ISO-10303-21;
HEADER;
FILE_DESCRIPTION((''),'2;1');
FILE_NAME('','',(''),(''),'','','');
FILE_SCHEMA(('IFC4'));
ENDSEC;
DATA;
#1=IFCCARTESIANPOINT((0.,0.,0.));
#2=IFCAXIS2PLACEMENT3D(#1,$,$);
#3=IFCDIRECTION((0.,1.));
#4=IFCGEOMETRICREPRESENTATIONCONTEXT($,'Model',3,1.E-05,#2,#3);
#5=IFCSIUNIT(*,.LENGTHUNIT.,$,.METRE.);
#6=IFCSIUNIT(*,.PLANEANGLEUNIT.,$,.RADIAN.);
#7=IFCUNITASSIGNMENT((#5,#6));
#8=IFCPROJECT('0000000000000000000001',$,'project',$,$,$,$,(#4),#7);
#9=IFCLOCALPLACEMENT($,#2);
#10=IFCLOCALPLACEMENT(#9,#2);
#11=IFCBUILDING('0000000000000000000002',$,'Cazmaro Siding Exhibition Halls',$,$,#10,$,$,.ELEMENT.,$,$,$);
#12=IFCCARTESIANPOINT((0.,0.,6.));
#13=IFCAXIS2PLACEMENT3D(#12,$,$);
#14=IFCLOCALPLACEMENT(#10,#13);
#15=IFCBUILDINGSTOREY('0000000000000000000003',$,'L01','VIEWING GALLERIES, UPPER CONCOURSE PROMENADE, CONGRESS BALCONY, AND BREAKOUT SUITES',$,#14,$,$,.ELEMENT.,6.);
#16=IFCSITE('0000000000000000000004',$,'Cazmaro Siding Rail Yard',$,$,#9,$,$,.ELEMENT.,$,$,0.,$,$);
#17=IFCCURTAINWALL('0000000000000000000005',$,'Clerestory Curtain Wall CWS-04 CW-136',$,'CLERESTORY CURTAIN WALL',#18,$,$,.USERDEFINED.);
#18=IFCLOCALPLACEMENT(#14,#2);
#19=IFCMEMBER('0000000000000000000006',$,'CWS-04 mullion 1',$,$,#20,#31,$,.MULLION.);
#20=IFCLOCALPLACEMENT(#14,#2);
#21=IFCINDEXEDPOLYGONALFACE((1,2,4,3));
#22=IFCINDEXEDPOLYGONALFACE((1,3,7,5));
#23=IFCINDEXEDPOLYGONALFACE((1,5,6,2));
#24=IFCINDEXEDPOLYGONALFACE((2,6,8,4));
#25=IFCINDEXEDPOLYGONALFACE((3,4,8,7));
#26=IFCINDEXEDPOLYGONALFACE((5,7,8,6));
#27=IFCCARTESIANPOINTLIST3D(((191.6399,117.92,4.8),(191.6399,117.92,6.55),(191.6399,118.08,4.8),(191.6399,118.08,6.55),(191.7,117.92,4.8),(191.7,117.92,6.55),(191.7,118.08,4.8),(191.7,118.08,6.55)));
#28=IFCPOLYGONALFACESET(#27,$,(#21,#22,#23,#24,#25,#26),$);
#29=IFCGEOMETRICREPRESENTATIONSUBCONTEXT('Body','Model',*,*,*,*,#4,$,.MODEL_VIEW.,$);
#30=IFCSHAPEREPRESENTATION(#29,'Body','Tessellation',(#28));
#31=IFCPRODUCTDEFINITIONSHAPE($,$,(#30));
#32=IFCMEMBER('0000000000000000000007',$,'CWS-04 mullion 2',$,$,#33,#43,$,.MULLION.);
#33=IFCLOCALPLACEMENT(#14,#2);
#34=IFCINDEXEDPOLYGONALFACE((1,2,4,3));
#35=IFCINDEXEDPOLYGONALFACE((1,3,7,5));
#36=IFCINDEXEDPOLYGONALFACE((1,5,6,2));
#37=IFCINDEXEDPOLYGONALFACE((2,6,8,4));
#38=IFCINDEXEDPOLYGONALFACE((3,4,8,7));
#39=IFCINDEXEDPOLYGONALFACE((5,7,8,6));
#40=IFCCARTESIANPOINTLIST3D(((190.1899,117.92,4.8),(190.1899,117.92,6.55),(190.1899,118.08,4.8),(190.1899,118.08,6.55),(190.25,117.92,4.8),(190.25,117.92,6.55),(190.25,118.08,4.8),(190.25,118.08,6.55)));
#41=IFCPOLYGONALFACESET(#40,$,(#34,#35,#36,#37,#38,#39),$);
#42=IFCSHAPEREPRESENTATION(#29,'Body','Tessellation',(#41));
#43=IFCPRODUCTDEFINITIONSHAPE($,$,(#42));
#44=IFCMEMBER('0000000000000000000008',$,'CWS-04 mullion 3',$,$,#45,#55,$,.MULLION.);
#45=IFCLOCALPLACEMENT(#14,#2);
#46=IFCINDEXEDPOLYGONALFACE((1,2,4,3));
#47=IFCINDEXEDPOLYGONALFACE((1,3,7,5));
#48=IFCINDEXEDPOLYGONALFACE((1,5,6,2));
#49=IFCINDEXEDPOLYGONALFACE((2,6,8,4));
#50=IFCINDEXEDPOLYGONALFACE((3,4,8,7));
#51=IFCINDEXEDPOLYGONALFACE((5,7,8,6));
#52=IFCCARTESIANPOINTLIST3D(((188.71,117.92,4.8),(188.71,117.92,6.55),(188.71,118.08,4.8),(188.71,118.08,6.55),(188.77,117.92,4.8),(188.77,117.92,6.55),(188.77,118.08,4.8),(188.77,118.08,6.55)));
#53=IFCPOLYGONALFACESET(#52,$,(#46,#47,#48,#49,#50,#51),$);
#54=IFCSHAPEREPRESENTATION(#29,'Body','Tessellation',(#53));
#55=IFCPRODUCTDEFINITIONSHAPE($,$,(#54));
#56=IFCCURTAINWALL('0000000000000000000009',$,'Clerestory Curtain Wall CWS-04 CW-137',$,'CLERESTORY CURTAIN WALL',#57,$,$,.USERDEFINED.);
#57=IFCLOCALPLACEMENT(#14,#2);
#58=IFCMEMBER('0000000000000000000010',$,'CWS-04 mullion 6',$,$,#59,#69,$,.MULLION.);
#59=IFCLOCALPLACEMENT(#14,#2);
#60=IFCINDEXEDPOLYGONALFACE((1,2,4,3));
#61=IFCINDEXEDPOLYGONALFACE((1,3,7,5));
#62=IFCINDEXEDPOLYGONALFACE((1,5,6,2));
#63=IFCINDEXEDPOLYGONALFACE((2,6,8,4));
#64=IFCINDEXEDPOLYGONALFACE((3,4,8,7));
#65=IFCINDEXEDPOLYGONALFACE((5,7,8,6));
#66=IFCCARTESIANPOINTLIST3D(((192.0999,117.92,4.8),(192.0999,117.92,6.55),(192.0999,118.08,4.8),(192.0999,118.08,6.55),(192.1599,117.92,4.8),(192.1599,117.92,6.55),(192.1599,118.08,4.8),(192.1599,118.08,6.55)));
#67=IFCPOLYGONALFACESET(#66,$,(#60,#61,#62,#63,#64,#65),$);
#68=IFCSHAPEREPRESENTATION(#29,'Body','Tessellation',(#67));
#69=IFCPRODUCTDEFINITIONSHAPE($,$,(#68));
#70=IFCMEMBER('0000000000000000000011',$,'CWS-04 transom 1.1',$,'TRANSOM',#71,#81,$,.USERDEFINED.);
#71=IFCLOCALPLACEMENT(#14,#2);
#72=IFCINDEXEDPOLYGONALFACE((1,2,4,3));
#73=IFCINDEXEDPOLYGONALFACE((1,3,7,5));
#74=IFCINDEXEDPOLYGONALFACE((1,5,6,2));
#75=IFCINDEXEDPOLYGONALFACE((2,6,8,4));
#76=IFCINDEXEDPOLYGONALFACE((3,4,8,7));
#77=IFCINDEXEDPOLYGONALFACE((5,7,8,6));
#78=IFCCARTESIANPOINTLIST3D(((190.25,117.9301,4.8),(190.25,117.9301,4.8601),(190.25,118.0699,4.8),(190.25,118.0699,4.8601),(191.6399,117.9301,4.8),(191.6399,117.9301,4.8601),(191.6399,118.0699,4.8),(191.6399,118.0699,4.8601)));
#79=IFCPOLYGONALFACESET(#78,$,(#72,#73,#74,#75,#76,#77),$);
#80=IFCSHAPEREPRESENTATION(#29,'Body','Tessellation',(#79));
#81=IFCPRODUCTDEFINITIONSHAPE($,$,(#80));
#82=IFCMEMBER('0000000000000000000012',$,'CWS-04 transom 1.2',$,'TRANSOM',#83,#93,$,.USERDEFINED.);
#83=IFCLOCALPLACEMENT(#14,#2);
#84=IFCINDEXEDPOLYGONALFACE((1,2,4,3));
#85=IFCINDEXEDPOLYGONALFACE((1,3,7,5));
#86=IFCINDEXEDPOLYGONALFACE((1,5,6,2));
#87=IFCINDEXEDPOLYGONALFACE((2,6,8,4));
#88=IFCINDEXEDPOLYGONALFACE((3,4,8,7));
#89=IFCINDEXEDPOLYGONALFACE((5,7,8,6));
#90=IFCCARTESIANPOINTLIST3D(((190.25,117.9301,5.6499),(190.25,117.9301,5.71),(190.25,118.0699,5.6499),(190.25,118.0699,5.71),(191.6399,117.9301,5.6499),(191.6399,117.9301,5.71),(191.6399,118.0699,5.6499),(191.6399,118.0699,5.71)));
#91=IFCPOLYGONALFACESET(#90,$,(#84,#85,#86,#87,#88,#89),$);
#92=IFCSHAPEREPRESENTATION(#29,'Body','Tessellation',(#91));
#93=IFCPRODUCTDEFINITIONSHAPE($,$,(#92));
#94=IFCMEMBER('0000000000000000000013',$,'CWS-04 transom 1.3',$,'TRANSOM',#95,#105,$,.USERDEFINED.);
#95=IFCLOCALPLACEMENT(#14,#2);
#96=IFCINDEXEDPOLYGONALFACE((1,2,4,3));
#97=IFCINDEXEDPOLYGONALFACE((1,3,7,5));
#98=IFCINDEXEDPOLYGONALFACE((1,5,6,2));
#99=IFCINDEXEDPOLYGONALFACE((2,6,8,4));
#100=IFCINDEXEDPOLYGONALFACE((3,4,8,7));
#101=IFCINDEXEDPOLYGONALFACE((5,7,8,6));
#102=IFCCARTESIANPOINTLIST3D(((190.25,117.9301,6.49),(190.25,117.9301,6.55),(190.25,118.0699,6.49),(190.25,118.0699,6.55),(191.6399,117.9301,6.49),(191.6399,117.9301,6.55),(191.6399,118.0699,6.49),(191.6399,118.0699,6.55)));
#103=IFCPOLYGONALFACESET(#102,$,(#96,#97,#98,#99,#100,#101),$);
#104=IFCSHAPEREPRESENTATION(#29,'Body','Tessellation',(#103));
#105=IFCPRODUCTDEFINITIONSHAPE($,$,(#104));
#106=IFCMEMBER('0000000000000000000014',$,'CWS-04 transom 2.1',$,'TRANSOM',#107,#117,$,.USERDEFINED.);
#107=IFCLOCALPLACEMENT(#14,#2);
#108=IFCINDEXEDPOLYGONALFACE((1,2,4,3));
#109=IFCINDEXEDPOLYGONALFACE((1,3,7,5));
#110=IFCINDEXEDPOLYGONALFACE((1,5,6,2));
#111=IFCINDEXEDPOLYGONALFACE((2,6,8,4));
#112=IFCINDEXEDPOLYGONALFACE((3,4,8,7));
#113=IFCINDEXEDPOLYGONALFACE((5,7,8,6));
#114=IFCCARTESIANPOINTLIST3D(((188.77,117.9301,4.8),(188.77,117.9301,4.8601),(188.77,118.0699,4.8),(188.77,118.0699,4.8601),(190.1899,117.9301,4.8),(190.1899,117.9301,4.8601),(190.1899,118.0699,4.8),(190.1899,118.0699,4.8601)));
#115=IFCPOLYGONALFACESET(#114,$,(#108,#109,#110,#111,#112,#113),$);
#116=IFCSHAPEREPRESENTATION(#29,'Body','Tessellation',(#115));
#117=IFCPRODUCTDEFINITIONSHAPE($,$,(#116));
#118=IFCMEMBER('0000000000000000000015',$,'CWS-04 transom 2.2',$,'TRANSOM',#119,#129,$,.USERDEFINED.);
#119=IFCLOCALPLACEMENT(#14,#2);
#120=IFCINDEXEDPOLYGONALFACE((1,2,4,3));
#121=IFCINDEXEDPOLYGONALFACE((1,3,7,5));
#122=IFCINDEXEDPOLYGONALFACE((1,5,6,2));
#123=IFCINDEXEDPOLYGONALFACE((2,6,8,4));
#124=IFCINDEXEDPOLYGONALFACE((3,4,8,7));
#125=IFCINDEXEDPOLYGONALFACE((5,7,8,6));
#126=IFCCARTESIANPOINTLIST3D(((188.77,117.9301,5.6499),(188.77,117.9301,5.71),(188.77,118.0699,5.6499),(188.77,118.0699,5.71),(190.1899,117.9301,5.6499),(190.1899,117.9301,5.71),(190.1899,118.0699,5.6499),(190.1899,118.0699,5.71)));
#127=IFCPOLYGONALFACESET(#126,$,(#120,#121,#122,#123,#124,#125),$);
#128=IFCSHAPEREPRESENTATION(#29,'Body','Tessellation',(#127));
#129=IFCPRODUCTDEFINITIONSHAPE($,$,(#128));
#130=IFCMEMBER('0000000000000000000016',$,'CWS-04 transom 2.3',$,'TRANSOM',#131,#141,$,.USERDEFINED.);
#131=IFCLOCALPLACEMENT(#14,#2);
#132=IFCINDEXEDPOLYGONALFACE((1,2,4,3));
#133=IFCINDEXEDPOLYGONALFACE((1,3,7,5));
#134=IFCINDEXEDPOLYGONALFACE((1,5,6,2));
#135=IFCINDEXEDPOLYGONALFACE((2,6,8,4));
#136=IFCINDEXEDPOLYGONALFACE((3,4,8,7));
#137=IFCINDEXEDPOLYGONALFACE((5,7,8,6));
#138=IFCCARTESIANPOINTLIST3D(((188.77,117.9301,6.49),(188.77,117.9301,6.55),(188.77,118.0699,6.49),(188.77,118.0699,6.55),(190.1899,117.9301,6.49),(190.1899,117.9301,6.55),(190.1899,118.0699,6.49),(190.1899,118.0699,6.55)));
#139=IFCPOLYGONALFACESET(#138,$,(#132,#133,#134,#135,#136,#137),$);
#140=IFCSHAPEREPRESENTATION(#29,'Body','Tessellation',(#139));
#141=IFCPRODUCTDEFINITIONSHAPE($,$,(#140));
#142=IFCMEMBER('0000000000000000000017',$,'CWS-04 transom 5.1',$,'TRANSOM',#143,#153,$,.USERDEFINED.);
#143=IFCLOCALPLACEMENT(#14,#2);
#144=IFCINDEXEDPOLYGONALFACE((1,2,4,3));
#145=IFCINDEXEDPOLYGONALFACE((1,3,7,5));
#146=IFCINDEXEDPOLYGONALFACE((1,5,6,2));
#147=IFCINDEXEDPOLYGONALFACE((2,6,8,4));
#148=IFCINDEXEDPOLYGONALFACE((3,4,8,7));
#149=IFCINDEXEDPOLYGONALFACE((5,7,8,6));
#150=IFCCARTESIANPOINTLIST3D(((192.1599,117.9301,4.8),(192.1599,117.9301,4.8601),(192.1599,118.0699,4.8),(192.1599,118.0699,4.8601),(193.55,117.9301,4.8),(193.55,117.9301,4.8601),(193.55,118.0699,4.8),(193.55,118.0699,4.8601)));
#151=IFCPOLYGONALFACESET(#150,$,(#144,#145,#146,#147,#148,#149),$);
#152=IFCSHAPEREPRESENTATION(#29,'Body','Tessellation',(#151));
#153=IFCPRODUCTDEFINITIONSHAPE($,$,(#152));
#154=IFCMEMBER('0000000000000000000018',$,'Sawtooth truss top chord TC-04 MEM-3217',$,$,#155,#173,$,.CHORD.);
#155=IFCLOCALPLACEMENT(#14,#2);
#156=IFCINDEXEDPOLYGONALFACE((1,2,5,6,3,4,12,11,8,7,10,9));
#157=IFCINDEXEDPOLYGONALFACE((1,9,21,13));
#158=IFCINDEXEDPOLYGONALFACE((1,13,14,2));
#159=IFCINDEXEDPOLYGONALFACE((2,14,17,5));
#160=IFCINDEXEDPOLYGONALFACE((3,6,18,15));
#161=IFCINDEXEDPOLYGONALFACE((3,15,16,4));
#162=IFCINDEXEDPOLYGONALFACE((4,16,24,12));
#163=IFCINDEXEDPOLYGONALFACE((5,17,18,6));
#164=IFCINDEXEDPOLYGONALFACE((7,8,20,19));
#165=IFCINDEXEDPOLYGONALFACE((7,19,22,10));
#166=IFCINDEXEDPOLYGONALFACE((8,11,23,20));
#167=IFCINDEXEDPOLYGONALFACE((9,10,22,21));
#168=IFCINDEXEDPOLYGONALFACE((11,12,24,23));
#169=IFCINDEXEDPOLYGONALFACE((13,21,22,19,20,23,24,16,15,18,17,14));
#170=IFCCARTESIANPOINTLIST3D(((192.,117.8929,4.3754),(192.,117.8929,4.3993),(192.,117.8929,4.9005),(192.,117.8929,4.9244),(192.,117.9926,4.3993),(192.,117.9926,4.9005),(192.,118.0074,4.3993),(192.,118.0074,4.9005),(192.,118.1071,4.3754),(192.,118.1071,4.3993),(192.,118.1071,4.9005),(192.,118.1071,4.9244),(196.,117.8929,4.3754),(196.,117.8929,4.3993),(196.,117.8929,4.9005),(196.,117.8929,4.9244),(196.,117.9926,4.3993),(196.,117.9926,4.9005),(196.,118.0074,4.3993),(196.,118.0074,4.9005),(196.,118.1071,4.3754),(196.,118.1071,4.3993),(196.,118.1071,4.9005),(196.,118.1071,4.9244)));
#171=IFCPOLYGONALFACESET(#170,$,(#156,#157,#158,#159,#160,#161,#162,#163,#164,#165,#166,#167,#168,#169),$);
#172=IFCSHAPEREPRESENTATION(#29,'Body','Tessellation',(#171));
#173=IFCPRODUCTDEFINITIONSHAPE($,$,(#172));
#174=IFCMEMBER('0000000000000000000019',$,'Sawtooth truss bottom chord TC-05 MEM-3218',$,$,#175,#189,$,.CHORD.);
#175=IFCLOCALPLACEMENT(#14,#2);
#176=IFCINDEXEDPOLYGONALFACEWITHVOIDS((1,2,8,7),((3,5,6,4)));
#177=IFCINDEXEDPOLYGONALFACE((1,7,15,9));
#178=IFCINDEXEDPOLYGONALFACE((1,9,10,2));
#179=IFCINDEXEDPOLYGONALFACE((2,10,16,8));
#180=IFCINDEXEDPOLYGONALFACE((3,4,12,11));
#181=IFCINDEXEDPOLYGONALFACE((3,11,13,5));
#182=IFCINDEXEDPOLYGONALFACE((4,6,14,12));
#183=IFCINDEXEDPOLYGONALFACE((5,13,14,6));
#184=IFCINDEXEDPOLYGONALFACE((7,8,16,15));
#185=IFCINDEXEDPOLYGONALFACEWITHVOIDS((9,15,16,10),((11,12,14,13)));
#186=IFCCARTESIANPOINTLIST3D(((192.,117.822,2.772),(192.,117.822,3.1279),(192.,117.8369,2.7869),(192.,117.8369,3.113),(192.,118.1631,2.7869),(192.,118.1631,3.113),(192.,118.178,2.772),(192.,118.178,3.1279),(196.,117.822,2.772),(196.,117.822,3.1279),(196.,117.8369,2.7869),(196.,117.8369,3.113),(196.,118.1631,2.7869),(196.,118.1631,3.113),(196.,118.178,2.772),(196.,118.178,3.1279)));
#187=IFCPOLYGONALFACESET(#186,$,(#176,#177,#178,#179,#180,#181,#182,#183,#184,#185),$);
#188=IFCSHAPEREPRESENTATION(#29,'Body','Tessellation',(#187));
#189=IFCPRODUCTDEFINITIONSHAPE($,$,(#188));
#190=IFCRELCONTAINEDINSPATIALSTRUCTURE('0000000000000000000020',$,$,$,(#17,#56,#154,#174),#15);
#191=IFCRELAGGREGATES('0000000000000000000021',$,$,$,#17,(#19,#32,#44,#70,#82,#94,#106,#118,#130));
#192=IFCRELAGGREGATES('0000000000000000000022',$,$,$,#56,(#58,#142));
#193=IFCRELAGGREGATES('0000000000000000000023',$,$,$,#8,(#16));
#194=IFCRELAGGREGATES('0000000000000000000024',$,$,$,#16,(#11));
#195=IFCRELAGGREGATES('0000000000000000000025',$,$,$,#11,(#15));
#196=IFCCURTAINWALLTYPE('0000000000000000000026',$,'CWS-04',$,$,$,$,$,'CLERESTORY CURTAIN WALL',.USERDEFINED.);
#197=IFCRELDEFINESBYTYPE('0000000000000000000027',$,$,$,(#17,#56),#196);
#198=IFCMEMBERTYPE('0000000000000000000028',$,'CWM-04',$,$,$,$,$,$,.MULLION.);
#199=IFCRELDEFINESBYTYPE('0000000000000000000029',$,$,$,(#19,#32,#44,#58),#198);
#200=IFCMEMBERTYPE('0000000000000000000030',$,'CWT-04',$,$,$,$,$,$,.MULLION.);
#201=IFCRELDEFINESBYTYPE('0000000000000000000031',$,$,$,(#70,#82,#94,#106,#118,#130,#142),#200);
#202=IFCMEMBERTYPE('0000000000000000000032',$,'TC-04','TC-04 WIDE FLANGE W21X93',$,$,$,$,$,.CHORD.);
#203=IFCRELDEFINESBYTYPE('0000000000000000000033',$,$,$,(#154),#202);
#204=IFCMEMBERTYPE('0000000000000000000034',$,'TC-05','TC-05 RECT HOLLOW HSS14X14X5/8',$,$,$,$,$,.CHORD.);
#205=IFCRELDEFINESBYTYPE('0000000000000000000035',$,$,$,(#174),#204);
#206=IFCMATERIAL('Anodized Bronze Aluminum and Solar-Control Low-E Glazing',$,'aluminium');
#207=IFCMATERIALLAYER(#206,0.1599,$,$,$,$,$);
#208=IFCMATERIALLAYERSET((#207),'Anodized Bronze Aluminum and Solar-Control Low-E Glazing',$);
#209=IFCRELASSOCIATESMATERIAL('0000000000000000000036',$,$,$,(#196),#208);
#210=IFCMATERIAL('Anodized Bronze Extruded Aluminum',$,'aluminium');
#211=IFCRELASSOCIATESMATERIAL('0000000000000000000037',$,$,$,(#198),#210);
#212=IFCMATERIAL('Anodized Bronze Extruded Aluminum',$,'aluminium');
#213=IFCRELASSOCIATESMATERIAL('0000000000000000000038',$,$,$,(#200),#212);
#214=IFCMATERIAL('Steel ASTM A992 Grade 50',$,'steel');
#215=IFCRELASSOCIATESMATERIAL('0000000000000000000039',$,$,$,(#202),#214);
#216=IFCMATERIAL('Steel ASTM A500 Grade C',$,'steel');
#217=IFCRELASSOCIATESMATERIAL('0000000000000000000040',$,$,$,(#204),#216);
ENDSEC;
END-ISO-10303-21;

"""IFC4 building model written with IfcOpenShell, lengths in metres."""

from ifc_helpers import new_model, si_unit, direction, frame, origin, origin_2d, place, context, subcontext, project, spatial, rectangle, hollow_rectangle, i_section, extrude, material, layer, layer_set, material_profile, profile_set, type_object, element, aggregate, save


model = new_model("IFC4")

# Units and contexts
model_context = context("Model", 3, precision=1e-05, world=origin(), true_north=direction((0.0, 1.0)))
body_context = subcontext(model_context, "Body", "Model", "MODEL_VIEW")
ifc_project = project(units=[si_unit("LENGTHUNIT", "METRE"), si_unit("PLANEANGLEUNIT", "RADIAN")], contexts=[model_context])

# Site, building, storey
site_placement = place(None, origin())
site = spatial("IfcSite", under=ifc_project, at=site_placement, Name="Cazmaro Siding Rail Yard", CompositionType="ELEMENT", RefElevation=0.0)
building_placement = place(site_placement, origin())
building = spatial("IfcBuilding", under=site, at=building_placement, Name="Cazmaro Siding Exhibition Halls", CompositionType="ELEMENT")
storey_placement = place(building_placement, frame((0.0, 0.0, 6.0)))
storey = spatial("IfcBuildingStorey", under=building, at=storey_placement, Name="L01", Description="VIEWING GALLERIES, UPPER CONCOURSE PROMENADE, CONGRESS BALCONY, AND BREAKOUT SUITES", CompositionType="ELEMENT", Elevation=6.0)

# Curtain wall, members
ifc_material_1 = material(Name="Anodized Bronze Aluminum and Solar-Control Low-E Glazing", Category="aluminium")
ifc_layer_1 = layer(ifc_material_1, 0.1599)
ifc_layer_set_1 = layer_set([ifc_layer_1], Name="Anodized Bronze Aluminum and Solar-Control Low-E Glazing")
curtain_wall_type = type_object("IfcCurtainWallType", Name="CWS-04", ElementType="CLERESTORY CURTAIN WALL", PredefinedType="USERDEFINED", material=ifc_layer_set_1)
curtain_wall_1_placement = place(storey_placement, origin())
curtain_wall_1 = element("IfcCurtainWall", 1, at=curtain_wall_1_placement, inside=storey, type_object=curtain_wall_type, Name="Clerestory Curtain Wall CWS-04 CW-136", ObjectType="CLERESTORY CURTAIN WALL", PredefinedType="USERDEFINED")
ifc_material_2 = material(Name="Anodized Bronze Extruded Aluminum", Category="aluminium")
ifc_material_profile_1 = material_profile(ifc_material_2, rectangle(XDim=0.1599, YDim=0.0601, at=origin_2d()), Name="CWM-04")
ifc_profile_set_1 = profile_set([ifc_material_profile_1], Name="Anodized Bronze Extruded Aluminum")
member_type_1 = type_object("IfcMemberType", Name="CWM-04", PredefinedType="MULLION", material=ifc_profile_set_1)
member_1_placement = place(storey_placement, frame((191.6699, 118.0, 4.8), z_axis=(0.0, 0.0, 1.0), x_axis=(0.0, -1.0, 0.0)))
member_1 = element("IfcMember", 2, at=member_1_placement, type_object=member_type_1, Name="CWS-04 mullion 1", PredefinedType="MULLION", context=body_context, shape_type="SweptSolid", body=[
    extrude(rectangle(XDim=0.1599, YDim=0.0601, at=origin_2d()), origin(), (0.0, 0.0, 1.0), 1.75),
])
member_2_placement = place(storey_placement, frame((190.22, 118.0, 4.8), z_axis=(0.0, 0.0, 1.0), x_axis=(0.0, -1.0, 0.0)))
member_2 = element("IfcMember", 3, at=member_2_placement, type_object=member_type_1, Name="CWS-04 mullion 2", PredefinedType="MULLION", context=body_context, shape_type="SweptSolid", body=[
    extrude(rectangle(XDim=0.1599, YDim=0.0601, at=origin_2d()), origin(), (0.0, 0.0, 1.0), 1.75),
])
member_3_placement = place(storey_placement, frame((188.74, 118.0, 4.8), z_axis=(0.0, 0.0, 1.0), x_axis=(0.0, -1.0, 0.0)))
member_3 = element("IfcMember", 4, at=member_3_placement, type_object=member_type_1, Name="CWS-04 mullion 3", PredefinedType="MULLION", context=body_context, shape_type="SweptSolid", body=[
    extrude(rectangle(XDim=0.1599, YDim=0.0601, at=origin_2d()), origin(), (0.0, 0.0, 1.0), 1.75),
])

# Curtain wall, member
curtain_wall_2_placement = place(storey_placement, origin())
curtain_wall_2 = element("IfcCurtainWall", 5, at=curtain_wall_2_placement, inside=storey, type_object=curtain_wall_type, Name="Clerestory Curtain Wall CWS-04 CW-137", ObjectType="CLERESTORY CURTAIN WALL", PredefinedType="USERDEFINED")
member_4_placement = place(storey_placement, frame((192.1299, 118.0, 4.8), z_axis=(0.0, 0.0, 1.0), x_axis=(0.0, -1.0, 0.0)))
member_4 = element("IfcMember", 6, at=member_4_placement, type_object=member_type_1, Name="CWS-04 mullion 6", PredefinedType="MULLION", context=body_context, shape_type="SweptSolid", body=[
    extrude(rectangle(XDim=0.1599, YDim=0.0601, at=origin_2d()), origin(), (0.0, 0.0, 1.0), 1.75),
])

# Members
ifc_material_3 = material(Name="Anodized Bronze Extruded Aluminum", Category="aluminium")
ifc_material_profile_2 = material_profile(ifc_material_3, rectangle(XDim=0.1399, YDim=0.0601, at=origin_2d()), Name="CWT-04")
ifc_profile_set_2 = profile_set([ifc_material_profile_2], Name="Anodized Bronze Extruded Aluminum")
member_type_2 = type_object("IfcMemberType", Name="CWT-04", PredefinedType="MULLION", material=ifc_profile_set_2)
member_5_placement = place(storey_placement, frame((191.6399, 118.0, 4.8301), z_axis=(-1.0, 0.0, 0.0), x_axis=(0.0, -1.0, 0.0)))
member_5 = element("IfcMember", 7, at=member_5_placement, type_object=member_type_2, Name="CWS-04 transom 1.1", ObjectType="TRANSOM", PredefinedType="USERDEFINED", context=body_context, shape_type="SweptSolid", body=[
    extrude(rectangle(XDim=0.1399, YDim=0.0601, at=origin_2d()), origin(), (0.0, 0.0, 1.0), 1.3899),
])
member_6_placement = place(storey_placement, frame((191.6399, 118.0, 5.6799), z_axis=(-1.0, 0.0, 0.0), x_axis=(0.0, -1.0, 0.0)))
member_6 = element("IfcMember", 8, at=member_6_placement, type_object=member_type_2, Name="CWS-04 transom 1.2", ObjectType="TRANSOM", PredefinedType="USERDEFINED", context=body_context, shape_type="SweptSolid", body=[
    extrude(rectangle(XDim=0.1399, YDim=0.0601, at=origin_2d()), origin(), (0.0, 0.0, 1.0), 1.3899),
])
member_7_placement = place(storey_placement, frame((191.6399, 118.0, 6.52), z_axis=(-1.0, 0.0, 0.0), x_axis=(0.0, -1.0, 0.0)))
member_7 = element("IfcMember", 9, at=member_7_placement, type_object=member_type_2, Name="CWS-04 transom 1.3", ObjectType="TRANSOM", PredefinedType="USERDEFINED", context=body_context, shape_type="SweptSolid", body=[
    extrude(rectangle(XDim=0.1399, YDim=0.0601, at=origin_2d()), origin(), (0.0, 0.0, 1.0), 1.3899),
])
member_8_placement = place(storey_placement, frame((190.1899, 118.0, 4.8301), z_axis=(-1.0, 0.0, 0.0), x_axis=(0.0, -1.0, 0.0)))
member_8 = element("IfcMember", 10, at=member_8_placement, type_object=member_type_2, Name="CWS-04 transom 2.1", ObjectType="TRANSOM", PredefinedType="USERDEFINED", context=body_context, shape_type="SweptSolid", body=[
    extrude(rectangle(XDim=0.1399, YDim=0.0601, at=origin_2d()), origin(), (0.0, 0.0, 1.0), 1.4199),
])
member_9_placement = place(storey_placement, frame((190.1899, 118.0, 5.6799), z_axis=(-1.0, 0.0, 0.0), x_axis=(0.0, -1.0, 0.0)))
member_9 = element("IfcMember", 11, at=member_9_placement, type_object=member_type_2, Name="CWS-04 transom 2.2", ObjectType="TRANSOM", PredefinedType="USERDEFINED", context=body_context, shape_type="SweptSolid", body=[
    extrude(rectangle(XDim=0.1399, YDim=0.0601, at=origin_2d()), origin(), (0.0, 0.0, 1.0), 1.4199),
])
member_10_placement = place(storey_placement, frame((190.1899, 118.0, 6.52), z_axis=(-1.0, 0.0, 0.0), x_axis=(0.0, -1.0, 0.0)))
member_10 = element("IfcMember", 12, at=member_10_placement, type_object=member_type_2, Name="CWS-04 transom 2.3", ObjectType="TRANSOM", PredefinedType="USERDEFINED", context=body_context, shape_type="SweptSolid", body=[
    extrude(rectangle(XDim=0.1399, YDim=0.0601, at=origin_2d()), origin(), (0.0, 0.0, 1.0), 1.4199),
])
member_11_placement = place(storey_placement, frame((193.55, 118.0, 4.8301), z_axis=(-1.0, 0.0, 0.0), x_axis=(0.0, -1.0, 0.0)))
member_11 = element("IfcMember", 13, at=member_11_placement, type_object=member_type_2, Name="CWS-04 transom 5.1", ObjectType="TRANSOM", PredefinedType="USERDEFINED", context=body_context, shape_type="SweptSolid", body=[
    extrude(rectangle(XDim=0.1399, YDim=0.0601, at=origin_2d()), origin(), (0.0, 0.0, 1.0), 1.3901),
])

# Members
ifc_material_4 = material(Name="Steel ASTM A992 Grade 50", Category="steel")
ifc_material_profile_3 = material_profile(ifc_material_4, i_section(OverallWidth=0.2141, OverallDepth=0.5491, WebThickness=0.0149, FlangeThickness=0.0239, at=origin_2d()), Name="W21X93")
ifc_profile_set_3 = profile_set([ifc_material_profile_3], Name="Steel ASTM A992 Grade 50")
member_type_3 = type_object("IfcMemberType", Name="TC-04", Description="TC-04 WIDE FLANGE W21X93", PredefinedType="CHORD", material=ifc_profile_set_3)
member_12_placement = place(storey_placement, frame((192.0, 118.0, 4.6499), z_axis=(1.0, 0.0, 0.0), x_axis=(0.0, 1.0, 0.0)))
element("IfcMember", 14, at=member_12_placement, inside=storey, type_object=member_type_3, Name="Sawtooth truss top chord TC-04 MEM-3217", PredefinedType="CHORD", context=body_context, shape_type="SweptSolid", body=[
    extrude(i_section(OverallWidth=0.2141, OverallDepth=0.5491, WebThickness=0.0149, FlangeThickness=0.0239, at=origin_2d()), origin(), (0.0, 0.0, 1.0), 4.0),
])
ifc_material_5 = material(Name="Steel ASTM A500 Grade C", Category="steel")
ifc_material_profile_4 = material_profile(ifc_material_5, hollow_rectangle(XDim=0.356, YDim=0.356, WallThickness=0.0149, at=origin_2d()), Name="HSS14X14X5/8")
ifc_profile_set_4 = profile_set([ifc_material_profile_4], Name="Steel ASTM A500 Grade C")
member_type_4 = type_object("IfcMemberType", Name="TC-05", Description="TC-05 RECT HOLLOW HSS14X14X5/8", PredefinedType="CHORD", material=ifc_profile_set_4)
member_13_placement = place(storey_placement, frame((192.0, 118.0, 2.95), z_axis=(1.0, 0.0, 0.0), x_axis=(0.0, 1.0, 0.0)))
element("IfcMember", 15, at=member_13_placement, inside=storey, type_object=member_type_4, Name="Sawtooth truss bottom chord TC-05 MEM-3218", PredefinedType="CHORD", context=body_context, shape_type="SweptSolid", body=[
    extrude(hollow_rectangle(XDim=0.356, YDim=0.356, WallThickness=0.0149, at=origin_2d()), origin(), (0.0, 0.0, 1.0), 4.0),
])

aggregate(curtain_wall_1, [member_1, member_2, member_3, member_5, member_6, member_7, member_8, member_9, member_10])
aggregate(curtain_wall_2, [member_4, member_11])

save(model, "model.ifc")
